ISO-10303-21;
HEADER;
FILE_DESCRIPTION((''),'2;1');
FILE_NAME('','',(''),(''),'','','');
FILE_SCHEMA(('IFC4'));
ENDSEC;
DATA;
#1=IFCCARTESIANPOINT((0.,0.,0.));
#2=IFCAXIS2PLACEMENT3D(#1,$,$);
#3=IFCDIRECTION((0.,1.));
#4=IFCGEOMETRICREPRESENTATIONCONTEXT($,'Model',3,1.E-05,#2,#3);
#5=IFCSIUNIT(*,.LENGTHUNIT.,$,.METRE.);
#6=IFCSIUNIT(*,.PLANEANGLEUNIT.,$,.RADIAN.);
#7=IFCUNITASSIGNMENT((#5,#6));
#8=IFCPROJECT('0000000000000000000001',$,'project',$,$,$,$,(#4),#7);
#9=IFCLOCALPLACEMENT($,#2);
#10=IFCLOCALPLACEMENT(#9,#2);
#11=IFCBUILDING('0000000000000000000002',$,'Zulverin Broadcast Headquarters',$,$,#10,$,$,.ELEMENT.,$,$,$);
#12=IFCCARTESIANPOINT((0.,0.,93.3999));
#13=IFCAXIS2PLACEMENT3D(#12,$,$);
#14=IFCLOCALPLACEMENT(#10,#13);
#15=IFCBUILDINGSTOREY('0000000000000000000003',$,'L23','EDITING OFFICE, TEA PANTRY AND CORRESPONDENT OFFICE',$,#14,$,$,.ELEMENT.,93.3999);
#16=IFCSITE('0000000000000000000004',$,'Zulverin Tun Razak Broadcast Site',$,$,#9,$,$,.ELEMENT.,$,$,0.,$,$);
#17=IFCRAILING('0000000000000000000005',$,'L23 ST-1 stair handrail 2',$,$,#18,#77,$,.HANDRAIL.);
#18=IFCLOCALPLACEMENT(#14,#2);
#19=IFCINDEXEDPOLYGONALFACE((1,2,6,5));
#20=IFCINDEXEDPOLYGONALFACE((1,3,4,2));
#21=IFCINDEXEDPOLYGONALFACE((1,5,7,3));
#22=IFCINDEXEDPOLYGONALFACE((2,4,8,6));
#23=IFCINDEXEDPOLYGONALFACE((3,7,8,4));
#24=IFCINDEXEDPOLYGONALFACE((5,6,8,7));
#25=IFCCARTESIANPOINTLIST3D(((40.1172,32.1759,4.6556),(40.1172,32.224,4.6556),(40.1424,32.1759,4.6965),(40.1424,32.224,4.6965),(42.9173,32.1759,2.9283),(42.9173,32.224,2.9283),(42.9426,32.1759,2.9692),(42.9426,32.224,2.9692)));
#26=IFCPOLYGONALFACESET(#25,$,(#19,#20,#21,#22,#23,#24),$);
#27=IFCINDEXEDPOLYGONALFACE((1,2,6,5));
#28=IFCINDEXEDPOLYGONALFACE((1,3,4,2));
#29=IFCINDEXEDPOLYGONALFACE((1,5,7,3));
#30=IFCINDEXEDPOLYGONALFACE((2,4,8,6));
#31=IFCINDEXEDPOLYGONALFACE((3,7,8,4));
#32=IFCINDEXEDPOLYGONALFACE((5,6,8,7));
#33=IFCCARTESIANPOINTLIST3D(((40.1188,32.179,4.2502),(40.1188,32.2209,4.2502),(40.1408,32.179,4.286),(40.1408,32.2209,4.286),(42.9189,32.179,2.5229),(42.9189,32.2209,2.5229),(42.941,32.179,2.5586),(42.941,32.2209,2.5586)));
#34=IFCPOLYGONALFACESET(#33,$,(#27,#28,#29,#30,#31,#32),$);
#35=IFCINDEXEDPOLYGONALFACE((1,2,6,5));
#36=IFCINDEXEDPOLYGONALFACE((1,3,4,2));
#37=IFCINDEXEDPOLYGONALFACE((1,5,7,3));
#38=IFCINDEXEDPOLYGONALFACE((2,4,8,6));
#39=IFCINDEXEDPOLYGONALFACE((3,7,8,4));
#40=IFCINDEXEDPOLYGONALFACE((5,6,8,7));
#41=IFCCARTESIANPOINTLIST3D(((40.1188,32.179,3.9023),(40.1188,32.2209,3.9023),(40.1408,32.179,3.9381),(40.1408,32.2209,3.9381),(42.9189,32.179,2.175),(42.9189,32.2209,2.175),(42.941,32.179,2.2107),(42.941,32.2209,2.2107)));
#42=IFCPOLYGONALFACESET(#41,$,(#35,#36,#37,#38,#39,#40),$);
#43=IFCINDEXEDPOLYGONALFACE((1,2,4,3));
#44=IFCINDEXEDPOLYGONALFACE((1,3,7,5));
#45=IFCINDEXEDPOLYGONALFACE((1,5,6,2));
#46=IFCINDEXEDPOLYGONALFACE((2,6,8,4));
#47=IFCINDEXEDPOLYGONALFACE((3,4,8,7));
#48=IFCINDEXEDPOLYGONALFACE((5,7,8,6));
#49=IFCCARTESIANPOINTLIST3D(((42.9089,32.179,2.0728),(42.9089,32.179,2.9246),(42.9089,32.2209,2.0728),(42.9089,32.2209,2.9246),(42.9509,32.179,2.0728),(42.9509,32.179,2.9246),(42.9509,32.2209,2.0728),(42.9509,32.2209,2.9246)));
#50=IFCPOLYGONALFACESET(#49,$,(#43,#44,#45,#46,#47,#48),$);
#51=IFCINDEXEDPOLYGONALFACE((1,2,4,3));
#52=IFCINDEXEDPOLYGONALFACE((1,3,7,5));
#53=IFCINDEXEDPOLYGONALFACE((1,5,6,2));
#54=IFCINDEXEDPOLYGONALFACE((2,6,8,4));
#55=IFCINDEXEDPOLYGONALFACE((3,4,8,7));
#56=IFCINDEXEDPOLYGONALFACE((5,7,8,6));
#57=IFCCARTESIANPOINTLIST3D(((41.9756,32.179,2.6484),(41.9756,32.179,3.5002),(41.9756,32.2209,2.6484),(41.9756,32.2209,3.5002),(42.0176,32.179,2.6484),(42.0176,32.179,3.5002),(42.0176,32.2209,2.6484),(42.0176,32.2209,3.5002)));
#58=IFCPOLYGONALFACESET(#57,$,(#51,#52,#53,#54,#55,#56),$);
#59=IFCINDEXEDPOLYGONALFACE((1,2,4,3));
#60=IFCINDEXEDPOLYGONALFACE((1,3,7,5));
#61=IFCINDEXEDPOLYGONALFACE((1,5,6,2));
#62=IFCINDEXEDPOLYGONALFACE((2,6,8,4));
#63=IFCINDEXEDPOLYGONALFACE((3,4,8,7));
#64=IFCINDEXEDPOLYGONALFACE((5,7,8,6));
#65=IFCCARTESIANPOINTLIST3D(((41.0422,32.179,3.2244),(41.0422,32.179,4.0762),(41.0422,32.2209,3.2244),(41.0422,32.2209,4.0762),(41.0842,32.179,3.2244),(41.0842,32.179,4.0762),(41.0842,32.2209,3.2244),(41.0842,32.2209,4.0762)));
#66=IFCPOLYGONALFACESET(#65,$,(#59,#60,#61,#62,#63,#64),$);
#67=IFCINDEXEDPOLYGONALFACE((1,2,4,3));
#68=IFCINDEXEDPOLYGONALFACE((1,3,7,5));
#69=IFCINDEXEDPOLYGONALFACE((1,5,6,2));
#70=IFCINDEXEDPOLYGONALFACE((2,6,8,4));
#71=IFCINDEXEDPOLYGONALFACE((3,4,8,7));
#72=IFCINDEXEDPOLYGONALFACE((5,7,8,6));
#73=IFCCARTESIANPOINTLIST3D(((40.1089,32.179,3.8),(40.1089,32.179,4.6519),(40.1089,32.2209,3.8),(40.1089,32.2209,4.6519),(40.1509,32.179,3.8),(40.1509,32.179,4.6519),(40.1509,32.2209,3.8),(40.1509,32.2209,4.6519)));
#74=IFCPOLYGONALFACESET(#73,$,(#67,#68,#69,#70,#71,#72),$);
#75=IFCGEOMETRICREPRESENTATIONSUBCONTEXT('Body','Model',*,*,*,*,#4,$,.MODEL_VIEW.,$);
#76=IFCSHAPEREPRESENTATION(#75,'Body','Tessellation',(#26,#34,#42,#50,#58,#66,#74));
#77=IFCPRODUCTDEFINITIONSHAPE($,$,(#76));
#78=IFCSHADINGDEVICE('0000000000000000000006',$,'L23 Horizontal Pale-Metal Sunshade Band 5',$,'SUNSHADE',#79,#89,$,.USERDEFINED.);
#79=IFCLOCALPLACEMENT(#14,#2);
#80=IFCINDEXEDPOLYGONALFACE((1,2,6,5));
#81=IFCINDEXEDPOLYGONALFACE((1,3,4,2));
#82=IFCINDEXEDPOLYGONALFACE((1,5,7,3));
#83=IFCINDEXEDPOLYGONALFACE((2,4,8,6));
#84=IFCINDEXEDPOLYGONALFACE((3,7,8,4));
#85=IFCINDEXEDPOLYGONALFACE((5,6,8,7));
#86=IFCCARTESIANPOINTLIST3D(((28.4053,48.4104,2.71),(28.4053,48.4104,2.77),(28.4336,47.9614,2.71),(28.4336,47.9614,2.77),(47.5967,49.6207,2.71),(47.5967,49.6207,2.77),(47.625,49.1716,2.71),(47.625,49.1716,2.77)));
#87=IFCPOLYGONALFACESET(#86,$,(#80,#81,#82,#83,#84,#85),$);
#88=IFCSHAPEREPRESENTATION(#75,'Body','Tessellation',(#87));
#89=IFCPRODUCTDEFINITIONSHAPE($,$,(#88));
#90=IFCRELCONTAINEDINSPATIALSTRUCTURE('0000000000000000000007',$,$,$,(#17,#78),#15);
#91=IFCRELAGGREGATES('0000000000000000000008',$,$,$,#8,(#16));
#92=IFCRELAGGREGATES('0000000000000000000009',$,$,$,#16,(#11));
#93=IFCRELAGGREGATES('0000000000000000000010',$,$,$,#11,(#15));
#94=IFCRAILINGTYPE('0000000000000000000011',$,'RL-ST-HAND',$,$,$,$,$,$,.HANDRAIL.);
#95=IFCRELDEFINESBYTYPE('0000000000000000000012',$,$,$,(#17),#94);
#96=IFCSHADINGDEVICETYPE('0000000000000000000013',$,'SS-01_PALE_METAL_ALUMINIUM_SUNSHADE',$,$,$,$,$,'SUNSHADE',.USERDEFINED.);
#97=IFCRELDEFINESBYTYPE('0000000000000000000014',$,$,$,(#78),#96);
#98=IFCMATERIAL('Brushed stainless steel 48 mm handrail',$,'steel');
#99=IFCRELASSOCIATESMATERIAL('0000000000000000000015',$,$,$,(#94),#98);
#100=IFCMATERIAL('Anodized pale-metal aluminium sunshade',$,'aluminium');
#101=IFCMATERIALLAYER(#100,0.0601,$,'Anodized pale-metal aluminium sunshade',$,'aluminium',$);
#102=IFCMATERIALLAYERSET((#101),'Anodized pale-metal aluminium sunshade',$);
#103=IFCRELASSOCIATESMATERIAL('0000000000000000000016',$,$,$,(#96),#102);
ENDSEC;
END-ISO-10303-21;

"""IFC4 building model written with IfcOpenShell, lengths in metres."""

from ifc_helpers import new_model, si_unit, direction, frame, origin, origin_2d, place, context, subcontext, project, spatial, rectangle, extrude, material, layer, layer_set, type_object, element, save


model = new_model("IFC4")

# Units and contexts
model_context = context("Model", 3, precision=1e-05, world=origin(), true_north=direction((0.0, 1.0)))
body_context = subcontext(model_context, "Body", "Model", "MODEL_VIEW")
ifc_project = project(units=[si_unit("LENGTHUNIT", "METRE"), si_unit("PLANEANGLEUNIT", "RADIAN")], contexts=[model_context])

# Site, building, storey
site_placement = place(None, origin())
site = spatial("IfcSite", under=ifc_project, at=site_placement, Name="Zulverin Tun Razak Broadcast Site", CompositionType="ELEMENT", RefElevation=0.0)
building_placement = place(site_placement, origin())
building = spatial("IfcBuilding", under=site, at=building_placement, Name="Zulverin Broadcast Headquarters", CompositionType="ELEMENT")
storey_placement = place(building_placement, frame((0.0, 0.0, 93.3999)))
storey = spatial("IfcBuildingStorey", under=building, at=storey_placement, Name="L23", Description="EDITING OFFICE, TEA PANTRY AND CORRESPONDENT OFFICE", CompositionType="ELEMENT", Elevation=93.3999)

# Railing
ifc_material_1 = material(Name="Brushed stainless steel 48 mm handrail", Category="steel")
railing_type_1 = type_object("IfcRailingType", Name="RL-ST-HAND", PredefinedType="HANDRAIL", material=ifc_material_1)
railing_1_placement = place(storey_placement, frame((42.9299, 32.2, 2.0728)))
element("IfcRailing", 1, at=railing_1_placement, inside=storey, type_object=railing_type_1, Name="L23 ST-1 stair handrail 2", PredefinedType="HANDRAIL", context=body_context, shape_type="SweptSolid", body=[
    extrude(rectangle(XDim=0.0481, YDim=0.0481, at=origin_2d()), frame((0.0, 0.0, 0.876), z_axis=(-0.85109, 0.0, 0.52502), x_axis=(0.0, -1.0, 0.0)), (0.0, 0.0, 1.0), 3.29),
    extrude(rectangle(XDim=0.042, YDim=0.042, at=origin_2d()), frame((0.0, 0.0, 0.468), z_axis=(-0.85109, 0.0, 0.52502), x_axis=(0.0, -1.0, 0.0)), (0.0, 0.0, 1.0), 3.29),
    extrude(rectangle(XDim=0.042, YDim=0.042, at=origin_2d()), frame((0.0, 0.0, 0.1201), z_axis=(-0.85109, 0.0, 0.52502), x_axis=(0.0, -1.0, 0.0)), (0.0, 0.0, 1.0), 3.29),
    extrude(rectangle(XDim=0.042, YDim=0.042, at=origin_2d()), origin(), (0.0, 0.0, 1.0), 0.8518),
    extrude(rectangle(XDim=0.042, YDim=0.042, at=origin_2d()), frame((-0.9333, 0.0, 0.5757)), (0.0, 0.0, 1.0), 0.8518),
    extrude(rectangle(XDim=0.042, YDim=0.042, at=origin_2d()), frame((-1.8667, 0.0, 1.1516)), (0.0, 0.0, 1.0), 0.8518),
    extrude(rectangle(XDim=0.042, YDim=0.042, at=origin_2d()), frame((-2.8, 0.0, 1.7273)), (0.0, 0.0, 1.0), 0.8518),
])

# Shading device
ifc_material_2 = material(Name="Anodized pale-metal aluminium sunshade", Category="aluminium")
ifc_layer_1 = layer(ifc_material_2, 0.0601, Name="Anodized pale-metal aluminium sunshade", Category="aluminium")
ifc_layer_set_1 = layer_set([ifc_layer_1], Name="Anodized pale-metal aluminium sunshade")
shading_device_type = type_object("IfcShadingDeviceType", Name="SS-01_PALE_METAL_ALUMINIUM_SUNSHADE", ElementType="SUNSHADE", PredefinedType="USERDEFINED", material=ifc_layer_set_1)
shading_device_placement = place(storey_placement, frame((38.0151, 48.791, 2.71), z_axis=(0.0, 0.0, 1.0), x_axis=(-0.998018, -0.062935, 0.0)))
element("IfcShadingDevice", 2, at=shading_device_placement, inside=storey, type_object=shading_device_type, Name="L23 Horizontal Pale-Metal Sunshade Band 5", ObjectType="SUNSHADE", PredefinedType="USERDEFINED", context=body_context, shape_type="SweptSolid", body=[
    extrude(rectangle(XDim=19.2295, YDim=0.45, at=origin_2d()), origin(), (0.0, 0.0, 1.0), 0.0601),
])

save(model, "model.ifc")
